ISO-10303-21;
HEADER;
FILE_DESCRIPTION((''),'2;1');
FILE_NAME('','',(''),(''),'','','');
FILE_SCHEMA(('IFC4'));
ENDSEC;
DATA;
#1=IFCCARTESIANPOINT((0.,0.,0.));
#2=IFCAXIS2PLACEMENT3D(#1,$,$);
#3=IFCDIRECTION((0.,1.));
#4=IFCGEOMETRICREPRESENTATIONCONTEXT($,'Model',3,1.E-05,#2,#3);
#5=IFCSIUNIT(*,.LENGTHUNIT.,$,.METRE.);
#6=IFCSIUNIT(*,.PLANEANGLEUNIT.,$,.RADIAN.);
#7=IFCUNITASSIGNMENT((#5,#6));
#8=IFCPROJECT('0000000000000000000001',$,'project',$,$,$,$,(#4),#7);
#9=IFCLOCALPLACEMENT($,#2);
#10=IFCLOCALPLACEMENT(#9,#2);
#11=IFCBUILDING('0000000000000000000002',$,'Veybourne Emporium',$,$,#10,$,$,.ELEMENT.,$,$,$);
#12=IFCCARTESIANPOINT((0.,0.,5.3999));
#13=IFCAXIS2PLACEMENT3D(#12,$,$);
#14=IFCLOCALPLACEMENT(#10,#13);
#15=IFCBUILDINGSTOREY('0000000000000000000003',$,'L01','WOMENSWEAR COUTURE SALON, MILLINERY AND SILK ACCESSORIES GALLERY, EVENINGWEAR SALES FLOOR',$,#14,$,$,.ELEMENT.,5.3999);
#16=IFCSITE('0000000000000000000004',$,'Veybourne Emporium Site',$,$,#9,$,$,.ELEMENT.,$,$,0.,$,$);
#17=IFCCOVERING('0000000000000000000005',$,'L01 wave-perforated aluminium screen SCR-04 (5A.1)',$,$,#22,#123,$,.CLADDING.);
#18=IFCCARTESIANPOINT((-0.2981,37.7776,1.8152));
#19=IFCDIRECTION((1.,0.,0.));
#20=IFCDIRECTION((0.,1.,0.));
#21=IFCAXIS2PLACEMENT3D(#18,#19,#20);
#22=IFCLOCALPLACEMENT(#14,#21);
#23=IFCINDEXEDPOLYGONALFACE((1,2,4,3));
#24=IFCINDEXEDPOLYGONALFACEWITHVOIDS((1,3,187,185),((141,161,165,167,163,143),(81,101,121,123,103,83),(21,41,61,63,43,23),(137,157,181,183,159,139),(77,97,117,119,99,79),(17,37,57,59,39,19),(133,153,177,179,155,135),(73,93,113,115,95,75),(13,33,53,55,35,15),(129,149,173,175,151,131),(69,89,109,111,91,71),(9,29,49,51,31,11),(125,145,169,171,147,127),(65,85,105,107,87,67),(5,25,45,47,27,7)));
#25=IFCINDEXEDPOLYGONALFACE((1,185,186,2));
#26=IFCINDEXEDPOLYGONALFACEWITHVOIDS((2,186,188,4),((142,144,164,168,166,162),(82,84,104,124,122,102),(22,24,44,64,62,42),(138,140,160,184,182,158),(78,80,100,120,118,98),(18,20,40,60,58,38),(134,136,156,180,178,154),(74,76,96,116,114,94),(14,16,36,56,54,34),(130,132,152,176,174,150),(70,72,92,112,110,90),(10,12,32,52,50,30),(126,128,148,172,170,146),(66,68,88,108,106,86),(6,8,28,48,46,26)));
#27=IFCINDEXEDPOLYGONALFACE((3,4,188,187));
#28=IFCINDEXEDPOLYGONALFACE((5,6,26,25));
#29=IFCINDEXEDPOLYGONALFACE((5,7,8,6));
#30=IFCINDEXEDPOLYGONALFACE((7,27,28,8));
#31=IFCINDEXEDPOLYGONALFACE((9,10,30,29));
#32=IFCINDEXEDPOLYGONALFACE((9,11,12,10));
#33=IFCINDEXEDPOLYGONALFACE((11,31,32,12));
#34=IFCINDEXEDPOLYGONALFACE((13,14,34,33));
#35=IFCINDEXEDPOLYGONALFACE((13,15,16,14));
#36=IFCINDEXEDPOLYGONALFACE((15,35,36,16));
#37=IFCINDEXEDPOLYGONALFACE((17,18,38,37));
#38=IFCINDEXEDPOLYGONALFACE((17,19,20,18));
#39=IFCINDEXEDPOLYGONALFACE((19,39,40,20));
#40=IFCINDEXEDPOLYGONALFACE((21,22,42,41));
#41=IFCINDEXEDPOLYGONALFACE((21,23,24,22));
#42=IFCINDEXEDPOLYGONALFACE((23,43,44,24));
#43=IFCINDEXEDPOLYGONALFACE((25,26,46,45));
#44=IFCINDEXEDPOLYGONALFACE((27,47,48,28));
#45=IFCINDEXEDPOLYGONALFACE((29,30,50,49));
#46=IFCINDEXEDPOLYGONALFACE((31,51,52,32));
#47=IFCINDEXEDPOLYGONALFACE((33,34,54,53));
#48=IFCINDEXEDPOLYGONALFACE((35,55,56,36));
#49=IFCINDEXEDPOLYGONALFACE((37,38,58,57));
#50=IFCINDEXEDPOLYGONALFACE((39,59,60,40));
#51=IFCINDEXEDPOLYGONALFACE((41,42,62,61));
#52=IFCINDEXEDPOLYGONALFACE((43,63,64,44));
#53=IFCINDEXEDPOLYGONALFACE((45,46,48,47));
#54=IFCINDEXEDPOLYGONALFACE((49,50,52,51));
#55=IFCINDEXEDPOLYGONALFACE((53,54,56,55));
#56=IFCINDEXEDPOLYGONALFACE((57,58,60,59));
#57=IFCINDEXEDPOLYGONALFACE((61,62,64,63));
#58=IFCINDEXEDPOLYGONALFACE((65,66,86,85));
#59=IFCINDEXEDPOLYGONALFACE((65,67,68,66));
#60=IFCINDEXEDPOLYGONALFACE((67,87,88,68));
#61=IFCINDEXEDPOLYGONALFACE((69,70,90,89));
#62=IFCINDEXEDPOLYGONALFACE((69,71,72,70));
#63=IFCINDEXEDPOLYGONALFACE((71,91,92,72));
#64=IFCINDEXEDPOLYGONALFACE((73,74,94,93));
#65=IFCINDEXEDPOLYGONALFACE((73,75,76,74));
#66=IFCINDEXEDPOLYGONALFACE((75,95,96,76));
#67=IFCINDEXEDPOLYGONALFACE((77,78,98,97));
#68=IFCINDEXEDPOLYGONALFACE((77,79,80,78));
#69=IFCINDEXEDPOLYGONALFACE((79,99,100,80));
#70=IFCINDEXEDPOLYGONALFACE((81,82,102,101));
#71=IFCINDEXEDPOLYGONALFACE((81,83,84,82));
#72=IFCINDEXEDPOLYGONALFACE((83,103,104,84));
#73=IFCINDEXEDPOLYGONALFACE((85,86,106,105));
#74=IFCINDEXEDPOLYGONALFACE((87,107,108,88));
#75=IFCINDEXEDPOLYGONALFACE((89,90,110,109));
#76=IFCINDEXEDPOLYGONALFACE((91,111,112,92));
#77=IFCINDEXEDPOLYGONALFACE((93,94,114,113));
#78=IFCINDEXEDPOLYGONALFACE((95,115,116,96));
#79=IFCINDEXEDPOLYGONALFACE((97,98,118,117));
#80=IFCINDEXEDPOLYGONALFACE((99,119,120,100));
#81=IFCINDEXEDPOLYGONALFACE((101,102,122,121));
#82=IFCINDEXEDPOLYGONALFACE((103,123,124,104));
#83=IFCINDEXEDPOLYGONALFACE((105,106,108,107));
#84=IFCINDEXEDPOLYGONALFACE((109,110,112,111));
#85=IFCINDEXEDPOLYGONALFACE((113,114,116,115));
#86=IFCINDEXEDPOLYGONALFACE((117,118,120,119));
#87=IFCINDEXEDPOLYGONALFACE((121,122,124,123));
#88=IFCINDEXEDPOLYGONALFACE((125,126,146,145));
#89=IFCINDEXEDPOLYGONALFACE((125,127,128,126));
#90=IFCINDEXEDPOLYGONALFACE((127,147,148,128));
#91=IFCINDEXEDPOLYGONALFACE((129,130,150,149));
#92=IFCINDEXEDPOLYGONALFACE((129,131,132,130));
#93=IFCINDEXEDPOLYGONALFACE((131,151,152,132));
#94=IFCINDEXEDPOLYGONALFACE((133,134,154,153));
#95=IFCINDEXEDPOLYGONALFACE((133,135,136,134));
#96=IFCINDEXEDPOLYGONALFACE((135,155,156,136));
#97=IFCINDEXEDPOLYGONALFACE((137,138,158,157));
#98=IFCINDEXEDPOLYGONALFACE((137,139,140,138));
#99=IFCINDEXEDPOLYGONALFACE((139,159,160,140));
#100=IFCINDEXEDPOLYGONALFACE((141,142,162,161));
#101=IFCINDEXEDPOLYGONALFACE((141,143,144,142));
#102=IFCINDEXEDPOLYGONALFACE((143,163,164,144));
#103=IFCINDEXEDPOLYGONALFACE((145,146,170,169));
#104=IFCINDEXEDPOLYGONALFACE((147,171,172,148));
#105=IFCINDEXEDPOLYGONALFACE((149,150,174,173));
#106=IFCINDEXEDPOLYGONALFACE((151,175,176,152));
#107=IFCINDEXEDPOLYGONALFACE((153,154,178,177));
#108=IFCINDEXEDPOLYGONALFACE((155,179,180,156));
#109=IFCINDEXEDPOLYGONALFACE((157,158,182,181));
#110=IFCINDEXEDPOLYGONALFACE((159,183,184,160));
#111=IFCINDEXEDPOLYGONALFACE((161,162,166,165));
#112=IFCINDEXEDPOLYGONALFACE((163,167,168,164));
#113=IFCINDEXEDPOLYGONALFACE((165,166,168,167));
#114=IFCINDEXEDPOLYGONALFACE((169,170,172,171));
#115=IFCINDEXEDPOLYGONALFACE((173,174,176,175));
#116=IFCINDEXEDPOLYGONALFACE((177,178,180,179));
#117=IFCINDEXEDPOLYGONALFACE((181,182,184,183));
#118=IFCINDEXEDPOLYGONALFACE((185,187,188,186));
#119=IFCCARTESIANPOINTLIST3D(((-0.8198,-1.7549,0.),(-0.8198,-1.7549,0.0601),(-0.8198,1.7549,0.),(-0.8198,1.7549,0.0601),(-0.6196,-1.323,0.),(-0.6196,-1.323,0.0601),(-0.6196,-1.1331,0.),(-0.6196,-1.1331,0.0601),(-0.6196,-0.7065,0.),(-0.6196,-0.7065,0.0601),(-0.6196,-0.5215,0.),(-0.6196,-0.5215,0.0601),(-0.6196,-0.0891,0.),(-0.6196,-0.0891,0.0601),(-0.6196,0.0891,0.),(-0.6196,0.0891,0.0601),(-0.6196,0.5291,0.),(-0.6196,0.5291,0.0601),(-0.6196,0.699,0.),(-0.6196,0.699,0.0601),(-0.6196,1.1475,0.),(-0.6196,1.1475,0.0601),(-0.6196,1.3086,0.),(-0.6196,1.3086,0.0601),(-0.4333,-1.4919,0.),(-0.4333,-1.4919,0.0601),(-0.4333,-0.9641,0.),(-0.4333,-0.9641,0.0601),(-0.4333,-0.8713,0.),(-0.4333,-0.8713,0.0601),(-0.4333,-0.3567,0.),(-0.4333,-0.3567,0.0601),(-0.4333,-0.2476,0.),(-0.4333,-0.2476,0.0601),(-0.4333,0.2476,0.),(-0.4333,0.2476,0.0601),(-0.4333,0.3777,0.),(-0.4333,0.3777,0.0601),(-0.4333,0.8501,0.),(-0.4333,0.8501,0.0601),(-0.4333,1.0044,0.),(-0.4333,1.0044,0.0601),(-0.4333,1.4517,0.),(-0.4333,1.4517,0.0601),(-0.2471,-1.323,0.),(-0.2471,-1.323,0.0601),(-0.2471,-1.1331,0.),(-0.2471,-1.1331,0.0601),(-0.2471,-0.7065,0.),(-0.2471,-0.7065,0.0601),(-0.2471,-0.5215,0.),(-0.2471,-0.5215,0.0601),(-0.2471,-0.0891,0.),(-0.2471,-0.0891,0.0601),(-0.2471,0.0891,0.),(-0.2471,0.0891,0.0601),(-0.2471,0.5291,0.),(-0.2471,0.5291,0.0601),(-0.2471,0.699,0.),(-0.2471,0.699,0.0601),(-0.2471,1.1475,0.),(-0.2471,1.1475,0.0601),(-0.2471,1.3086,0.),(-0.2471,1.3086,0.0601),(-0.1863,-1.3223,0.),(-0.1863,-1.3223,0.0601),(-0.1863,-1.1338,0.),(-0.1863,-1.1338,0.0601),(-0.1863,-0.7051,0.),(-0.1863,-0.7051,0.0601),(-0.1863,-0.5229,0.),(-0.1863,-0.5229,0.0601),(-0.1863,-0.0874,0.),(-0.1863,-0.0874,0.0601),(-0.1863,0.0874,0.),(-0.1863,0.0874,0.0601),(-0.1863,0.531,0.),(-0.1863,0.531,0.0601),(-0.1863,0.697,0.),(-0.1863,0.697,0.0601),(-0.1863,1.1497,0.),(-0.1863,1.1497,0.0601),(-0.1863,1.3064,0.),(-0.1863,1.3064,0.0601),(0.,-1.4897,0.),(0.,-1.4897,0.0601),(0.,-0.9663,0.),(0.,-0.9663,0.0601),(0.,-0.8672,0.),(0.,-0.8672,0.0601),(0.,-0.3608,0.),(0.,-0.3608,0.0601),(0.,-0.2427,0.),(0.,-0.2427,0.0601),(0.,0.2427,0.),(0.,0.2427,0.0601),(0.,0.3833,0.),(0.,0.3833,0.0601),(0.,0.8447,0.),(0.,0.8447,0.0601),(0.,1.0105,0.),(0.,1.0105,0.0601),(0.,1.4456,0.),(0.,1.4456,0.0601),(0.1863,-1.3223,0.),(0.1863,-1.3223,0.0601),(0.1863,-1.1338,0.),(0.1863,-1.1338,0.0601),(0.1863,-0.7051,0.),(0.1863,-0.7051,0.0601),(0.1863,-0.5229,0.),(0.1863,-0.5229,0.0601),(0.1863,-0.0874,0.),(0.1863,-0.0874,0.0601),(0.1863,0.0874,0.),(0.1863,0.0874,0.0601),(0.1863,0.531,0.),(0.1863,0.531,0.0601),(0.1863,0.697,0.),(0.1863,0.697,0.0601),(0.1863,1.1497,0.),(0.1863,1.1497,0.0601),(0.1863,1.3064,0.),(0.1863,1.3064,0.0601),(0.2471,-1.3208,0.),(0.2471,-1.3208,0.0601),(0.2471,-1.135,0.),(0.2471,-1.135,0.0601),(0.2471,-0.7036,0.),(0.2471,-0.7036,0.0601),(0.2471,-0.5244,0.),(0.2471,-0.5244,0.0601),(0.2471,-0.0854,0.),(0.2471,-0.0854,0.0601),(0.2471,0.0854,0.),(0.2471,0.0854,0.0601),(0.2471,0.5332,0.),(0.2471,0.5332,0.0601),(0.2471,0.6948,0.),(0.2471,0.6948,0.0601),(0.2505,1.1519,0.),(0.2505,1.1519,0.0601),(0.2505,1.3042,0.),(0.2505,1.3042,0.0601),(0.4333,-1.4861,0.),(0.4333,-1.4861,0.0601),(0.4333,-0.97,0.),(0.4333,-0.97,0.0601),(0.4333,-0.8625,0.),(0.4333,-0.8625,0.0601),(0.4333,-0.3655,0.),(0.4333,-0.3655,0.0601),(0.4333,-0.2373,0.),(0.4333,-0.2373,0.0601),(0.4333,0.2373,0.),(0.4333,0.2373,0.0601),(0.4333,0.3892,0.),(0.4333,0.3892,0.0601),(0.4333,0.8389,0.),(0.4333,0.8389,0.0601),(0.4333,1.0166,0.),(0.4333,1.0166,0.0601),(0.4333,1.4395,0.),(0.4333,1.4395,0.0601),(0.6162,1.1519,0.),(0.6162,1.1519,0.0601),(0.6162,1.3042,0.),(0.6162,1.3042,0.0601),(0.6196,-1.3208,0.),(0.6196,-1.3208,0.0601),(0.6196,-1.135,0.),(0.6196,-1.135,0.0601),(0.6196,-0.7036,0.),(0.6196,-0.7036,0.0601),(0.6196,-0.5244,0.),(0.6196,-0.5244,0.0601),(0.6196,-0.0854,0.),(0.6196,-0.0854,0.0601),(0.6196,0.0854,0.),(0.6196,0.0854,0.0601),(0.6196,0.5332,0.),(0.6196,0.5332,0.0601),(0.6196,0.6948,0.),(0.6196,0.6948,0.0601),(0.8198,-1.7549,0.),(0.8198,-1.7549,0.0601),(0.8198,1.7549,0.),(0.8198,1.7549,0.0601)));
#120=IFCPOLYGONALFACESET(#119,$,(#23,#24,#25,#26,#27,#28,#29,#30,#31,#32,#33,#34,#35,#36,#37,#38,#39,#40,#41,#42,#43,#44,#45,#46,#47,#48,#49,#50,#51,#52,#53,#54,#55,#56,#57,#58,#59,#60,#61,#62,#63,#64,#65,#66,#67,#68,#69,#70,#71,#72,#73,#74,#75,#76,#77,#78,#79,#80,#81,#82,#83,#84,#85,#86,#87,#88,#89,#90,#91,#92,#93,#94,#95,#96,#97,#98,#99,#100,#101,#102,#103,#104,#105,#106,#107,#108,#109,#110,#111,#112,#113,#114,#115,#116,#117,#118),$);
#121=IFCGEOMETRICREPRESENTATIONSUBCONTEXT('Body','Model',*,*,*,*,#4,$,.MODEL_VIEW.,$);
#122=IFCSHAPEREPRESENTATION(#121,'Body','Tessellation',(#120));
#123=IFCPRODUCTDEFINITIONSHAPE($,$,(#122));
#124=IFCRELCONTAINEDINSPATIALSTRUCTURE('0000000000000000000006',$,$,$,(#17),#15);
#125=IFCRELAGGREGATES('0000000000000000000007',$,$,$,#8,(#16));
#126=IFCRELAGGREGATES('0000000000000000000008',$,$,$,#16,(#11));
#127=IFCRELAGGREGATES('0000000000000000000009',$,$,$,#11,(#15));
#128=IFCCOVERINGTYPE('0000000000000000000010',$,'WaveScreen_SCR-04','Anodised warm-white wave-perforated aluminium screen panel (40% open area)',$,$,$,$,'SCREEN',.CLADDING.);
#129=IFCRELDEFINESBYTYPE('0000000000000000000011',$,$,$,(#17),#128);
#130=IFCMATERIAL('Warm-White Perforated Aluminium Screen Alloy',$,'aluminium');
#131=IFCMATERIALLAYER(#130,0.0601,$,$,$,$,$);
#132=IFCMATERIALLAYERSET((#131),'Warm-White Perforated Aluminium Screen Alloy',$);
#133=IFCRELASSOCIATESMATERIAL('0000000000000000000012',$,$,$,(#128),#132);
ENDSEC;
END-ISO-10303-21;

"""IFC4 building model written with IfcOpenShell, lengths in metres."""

from ifc_helpers import new_model, si_unit, direction, frame, origin, place, context, subcontext, project, spatial, polyline, outline, extrude, material, layer, layer_set, type_object, element, save


model = new_model("IFC4")

# Units and contexts
model_context = context("Model", 3, precision=1e-05, world=origin(), true_north=direction((0.0, 1.0)))
body_context = subcontext(model_context, "Body", "Model", "MODEL_VIEW")
ifc_project = project(units=[si_unit("LENGTHUNIT", "METRE"), si_unit("PLANEANGLEUNIT", "RADIAN")], contexts=[model_context])

# Site, building, storey
site_placement = place(None, origin())
site = spatial("IfcSite", under=ifc_project, at=site_placement, Name="Veybourne Emporium Site", CompositionType="ELEMENT", RefElevation=0.0)
building_placement = place(site_placement, origin())
building = spatial("IfcBuilding", under=site, at=building_placement, Name="Veybourne Emporium", CompositionType="ELEMENT")
storey_placement = place(building_placement, frame((0.0, 0.0, 5.3999)))
storey = spatial("IfcBuildingStorey", under=building, at=storey_placement, Name="L01", Description="WOMENSWEAR COUTURE SALON, MILLINERY AND SILK ACCESSORIES GALLERY, EVENINGWEAR SALES FLOOR", CompositionType="ELEMENT", Elevation=5.3999)

# Covering
ifc_material_1 = material(Name="Warm-White Perforated Aluminium Screen Alloy", Category="aluminium")
ifc_layer_1 = layer(ifc_material_1, 0.0601)
ifc_layer_set_1 = layer_set([ifc_layer_1], Name="Warm-White Perforated Aluminium Screen Alloy")
covering_type_1 = type_object("IfcCoveringType", Name="WaveScreen_SCR-04", Description="Anodised warm-white wave-perforated aluminium screen panel (40% open area)", ElementType="SCREEN", PredefinedType="CLADDING", material=ifc_layer_set_1)
covering_1_placement = place(storey_placement, frame((-0.2981, 37.7776, 1.8152), z_axis=(1.0, 0.0, 0.0), x_axis=(0.0, 1.0, 0.0)))
element("IfcCovering", 1, at=covering_1_placement, inside=storey, type_object=covering_type_1, Name="L01 wave-perforated aluminium screen SCR-04 (5A.1)", PredefinedType="CLADDING", context=body_context, shape_type="SweptSolid", body=[
    extrude(outline(polyline([(-0.8198, -1.7549), (0.8198, -1.7549), (0.8198, 1.7549), (-0.8198, 1.7549), (-0.8198, -1.7549)]), holes=[polyline([(-0.4333, -0.9641), (-0.2471, -1.1331), (-0.2471, -1.323), (-0.4333, -1.4919), (-0.6196, -1.323), (-0.6196, -1.1331), (-0.4333, -0.9641)]), polyline([(-0.4333, -0.3567), (-0.2471, -0.5215), (-0.2471, -0.7065), (-0.4333, -0.8713), (-0.6196, -0.7065), (-0.6196, -0.5215), (-0.4333, -0.3567)]), polyline([(-0.4333, 0.2476), (-0.2471, 0.0891), (-0.2471, -0.0891), (-0.4333, -0.2476), (-0.6196, -0.0891), (-0.6196, 0.0891), (-0.4333, 0.2476)]), polyline([(-0.4333, 0.8501), (-0.2471, 0.699), (-0.2471, 0.5291), (-0.4333, 0.3777), (-0.6196, 0.5291), (-0.6196, 0.699), (-0.4333, 0.8501)]), polyline([(-0.4333, 1.4517), (-0.2471, 1.3086), (-0.2471, 1.1475), (-0.4333, 1.0044), (-0.6196, 1.1475), (-0.6196, 1.3086), (-0.4333, 1.4517)]), polyline([(0.0, -0.9663), (0.1863, -1.1338), (0.1863, -1.3223), (0.0, -1.4897), (-0.1863, -1.3223), (-0.1863, -1.1338), (0.0, -0.9663)]), polyline([(0.0, -0.3608), (0.1863, -0.5229), (0.1863, -0.7051), (0.0, -0.8672), (-0.1863, -0.7051), (-0.1863, -0.5229), (0.0, -0.3608)]), polyline([(0.0, 0.2427), (0.1863, 0.0874), (0.1863, -0.0874), (0.0, -0.2427), (-0.1863, -0.0874), (-0.1863, 0.0874), (0.0, 0.2427)]), polyline([(0.0, 0.8447), (0.1863, 0.697), (0.1863, 0.531), (0.0, 0.3833), (-0.1863, 0.531), (-0.1863, 0.697), (0.0, 0.8447)]), polyline([(0.0, 1.4456), (0.1863, 1.3064), (0.1863, 1.1497), (0.0, 1.0105), (-0.1863, 1.1497), (-0.1863, 1.3064), (0.0, 1.4456)]), polyline([(0.4333, -0.97), (0.6196, -1.135), (0.6196, -1.3208), (0.4333, -1.4861), (0.2471, -1.3208), (0.2471, -1.135), (0.4333, -0.97)]), polyline([(0.4333, -0.3655), (0.6196, -0.5244), (0.6196, -0.7036), (0.4333, -0.8625), (0.2471, -0.7036), (0.2471, -0.5244), (0.4333, -0.3655)]), polyline([(0.4333, 0.2373), (0.6196, 0.0854), (0.6196, -0.0854), (0.4333, -0.2373), (0.2471, -0.0854), (0.2471, 0.0854), (0.4333, 0.2373)]), polyline([(0.4333, 0.8389), (0.6196, 0.6948), (0.6196, 0.5332), (0.4333, 0.3892), (0.2471, 0.5332), (0.2471, 0.6948), (0.4333, 0.8389)]), polyline([(0.4333, 1.4395), (0.6162, 1.3042), (0.6162, 1.1519), (0.4333, 1.0166), (0.2505, 1.1519), (0.2505, 1.3042), (0.4333, 1.4395)])]), origin(), (0.0, 0.0, 1.0), 0.0601),
])

save(model, "model.ifc")
